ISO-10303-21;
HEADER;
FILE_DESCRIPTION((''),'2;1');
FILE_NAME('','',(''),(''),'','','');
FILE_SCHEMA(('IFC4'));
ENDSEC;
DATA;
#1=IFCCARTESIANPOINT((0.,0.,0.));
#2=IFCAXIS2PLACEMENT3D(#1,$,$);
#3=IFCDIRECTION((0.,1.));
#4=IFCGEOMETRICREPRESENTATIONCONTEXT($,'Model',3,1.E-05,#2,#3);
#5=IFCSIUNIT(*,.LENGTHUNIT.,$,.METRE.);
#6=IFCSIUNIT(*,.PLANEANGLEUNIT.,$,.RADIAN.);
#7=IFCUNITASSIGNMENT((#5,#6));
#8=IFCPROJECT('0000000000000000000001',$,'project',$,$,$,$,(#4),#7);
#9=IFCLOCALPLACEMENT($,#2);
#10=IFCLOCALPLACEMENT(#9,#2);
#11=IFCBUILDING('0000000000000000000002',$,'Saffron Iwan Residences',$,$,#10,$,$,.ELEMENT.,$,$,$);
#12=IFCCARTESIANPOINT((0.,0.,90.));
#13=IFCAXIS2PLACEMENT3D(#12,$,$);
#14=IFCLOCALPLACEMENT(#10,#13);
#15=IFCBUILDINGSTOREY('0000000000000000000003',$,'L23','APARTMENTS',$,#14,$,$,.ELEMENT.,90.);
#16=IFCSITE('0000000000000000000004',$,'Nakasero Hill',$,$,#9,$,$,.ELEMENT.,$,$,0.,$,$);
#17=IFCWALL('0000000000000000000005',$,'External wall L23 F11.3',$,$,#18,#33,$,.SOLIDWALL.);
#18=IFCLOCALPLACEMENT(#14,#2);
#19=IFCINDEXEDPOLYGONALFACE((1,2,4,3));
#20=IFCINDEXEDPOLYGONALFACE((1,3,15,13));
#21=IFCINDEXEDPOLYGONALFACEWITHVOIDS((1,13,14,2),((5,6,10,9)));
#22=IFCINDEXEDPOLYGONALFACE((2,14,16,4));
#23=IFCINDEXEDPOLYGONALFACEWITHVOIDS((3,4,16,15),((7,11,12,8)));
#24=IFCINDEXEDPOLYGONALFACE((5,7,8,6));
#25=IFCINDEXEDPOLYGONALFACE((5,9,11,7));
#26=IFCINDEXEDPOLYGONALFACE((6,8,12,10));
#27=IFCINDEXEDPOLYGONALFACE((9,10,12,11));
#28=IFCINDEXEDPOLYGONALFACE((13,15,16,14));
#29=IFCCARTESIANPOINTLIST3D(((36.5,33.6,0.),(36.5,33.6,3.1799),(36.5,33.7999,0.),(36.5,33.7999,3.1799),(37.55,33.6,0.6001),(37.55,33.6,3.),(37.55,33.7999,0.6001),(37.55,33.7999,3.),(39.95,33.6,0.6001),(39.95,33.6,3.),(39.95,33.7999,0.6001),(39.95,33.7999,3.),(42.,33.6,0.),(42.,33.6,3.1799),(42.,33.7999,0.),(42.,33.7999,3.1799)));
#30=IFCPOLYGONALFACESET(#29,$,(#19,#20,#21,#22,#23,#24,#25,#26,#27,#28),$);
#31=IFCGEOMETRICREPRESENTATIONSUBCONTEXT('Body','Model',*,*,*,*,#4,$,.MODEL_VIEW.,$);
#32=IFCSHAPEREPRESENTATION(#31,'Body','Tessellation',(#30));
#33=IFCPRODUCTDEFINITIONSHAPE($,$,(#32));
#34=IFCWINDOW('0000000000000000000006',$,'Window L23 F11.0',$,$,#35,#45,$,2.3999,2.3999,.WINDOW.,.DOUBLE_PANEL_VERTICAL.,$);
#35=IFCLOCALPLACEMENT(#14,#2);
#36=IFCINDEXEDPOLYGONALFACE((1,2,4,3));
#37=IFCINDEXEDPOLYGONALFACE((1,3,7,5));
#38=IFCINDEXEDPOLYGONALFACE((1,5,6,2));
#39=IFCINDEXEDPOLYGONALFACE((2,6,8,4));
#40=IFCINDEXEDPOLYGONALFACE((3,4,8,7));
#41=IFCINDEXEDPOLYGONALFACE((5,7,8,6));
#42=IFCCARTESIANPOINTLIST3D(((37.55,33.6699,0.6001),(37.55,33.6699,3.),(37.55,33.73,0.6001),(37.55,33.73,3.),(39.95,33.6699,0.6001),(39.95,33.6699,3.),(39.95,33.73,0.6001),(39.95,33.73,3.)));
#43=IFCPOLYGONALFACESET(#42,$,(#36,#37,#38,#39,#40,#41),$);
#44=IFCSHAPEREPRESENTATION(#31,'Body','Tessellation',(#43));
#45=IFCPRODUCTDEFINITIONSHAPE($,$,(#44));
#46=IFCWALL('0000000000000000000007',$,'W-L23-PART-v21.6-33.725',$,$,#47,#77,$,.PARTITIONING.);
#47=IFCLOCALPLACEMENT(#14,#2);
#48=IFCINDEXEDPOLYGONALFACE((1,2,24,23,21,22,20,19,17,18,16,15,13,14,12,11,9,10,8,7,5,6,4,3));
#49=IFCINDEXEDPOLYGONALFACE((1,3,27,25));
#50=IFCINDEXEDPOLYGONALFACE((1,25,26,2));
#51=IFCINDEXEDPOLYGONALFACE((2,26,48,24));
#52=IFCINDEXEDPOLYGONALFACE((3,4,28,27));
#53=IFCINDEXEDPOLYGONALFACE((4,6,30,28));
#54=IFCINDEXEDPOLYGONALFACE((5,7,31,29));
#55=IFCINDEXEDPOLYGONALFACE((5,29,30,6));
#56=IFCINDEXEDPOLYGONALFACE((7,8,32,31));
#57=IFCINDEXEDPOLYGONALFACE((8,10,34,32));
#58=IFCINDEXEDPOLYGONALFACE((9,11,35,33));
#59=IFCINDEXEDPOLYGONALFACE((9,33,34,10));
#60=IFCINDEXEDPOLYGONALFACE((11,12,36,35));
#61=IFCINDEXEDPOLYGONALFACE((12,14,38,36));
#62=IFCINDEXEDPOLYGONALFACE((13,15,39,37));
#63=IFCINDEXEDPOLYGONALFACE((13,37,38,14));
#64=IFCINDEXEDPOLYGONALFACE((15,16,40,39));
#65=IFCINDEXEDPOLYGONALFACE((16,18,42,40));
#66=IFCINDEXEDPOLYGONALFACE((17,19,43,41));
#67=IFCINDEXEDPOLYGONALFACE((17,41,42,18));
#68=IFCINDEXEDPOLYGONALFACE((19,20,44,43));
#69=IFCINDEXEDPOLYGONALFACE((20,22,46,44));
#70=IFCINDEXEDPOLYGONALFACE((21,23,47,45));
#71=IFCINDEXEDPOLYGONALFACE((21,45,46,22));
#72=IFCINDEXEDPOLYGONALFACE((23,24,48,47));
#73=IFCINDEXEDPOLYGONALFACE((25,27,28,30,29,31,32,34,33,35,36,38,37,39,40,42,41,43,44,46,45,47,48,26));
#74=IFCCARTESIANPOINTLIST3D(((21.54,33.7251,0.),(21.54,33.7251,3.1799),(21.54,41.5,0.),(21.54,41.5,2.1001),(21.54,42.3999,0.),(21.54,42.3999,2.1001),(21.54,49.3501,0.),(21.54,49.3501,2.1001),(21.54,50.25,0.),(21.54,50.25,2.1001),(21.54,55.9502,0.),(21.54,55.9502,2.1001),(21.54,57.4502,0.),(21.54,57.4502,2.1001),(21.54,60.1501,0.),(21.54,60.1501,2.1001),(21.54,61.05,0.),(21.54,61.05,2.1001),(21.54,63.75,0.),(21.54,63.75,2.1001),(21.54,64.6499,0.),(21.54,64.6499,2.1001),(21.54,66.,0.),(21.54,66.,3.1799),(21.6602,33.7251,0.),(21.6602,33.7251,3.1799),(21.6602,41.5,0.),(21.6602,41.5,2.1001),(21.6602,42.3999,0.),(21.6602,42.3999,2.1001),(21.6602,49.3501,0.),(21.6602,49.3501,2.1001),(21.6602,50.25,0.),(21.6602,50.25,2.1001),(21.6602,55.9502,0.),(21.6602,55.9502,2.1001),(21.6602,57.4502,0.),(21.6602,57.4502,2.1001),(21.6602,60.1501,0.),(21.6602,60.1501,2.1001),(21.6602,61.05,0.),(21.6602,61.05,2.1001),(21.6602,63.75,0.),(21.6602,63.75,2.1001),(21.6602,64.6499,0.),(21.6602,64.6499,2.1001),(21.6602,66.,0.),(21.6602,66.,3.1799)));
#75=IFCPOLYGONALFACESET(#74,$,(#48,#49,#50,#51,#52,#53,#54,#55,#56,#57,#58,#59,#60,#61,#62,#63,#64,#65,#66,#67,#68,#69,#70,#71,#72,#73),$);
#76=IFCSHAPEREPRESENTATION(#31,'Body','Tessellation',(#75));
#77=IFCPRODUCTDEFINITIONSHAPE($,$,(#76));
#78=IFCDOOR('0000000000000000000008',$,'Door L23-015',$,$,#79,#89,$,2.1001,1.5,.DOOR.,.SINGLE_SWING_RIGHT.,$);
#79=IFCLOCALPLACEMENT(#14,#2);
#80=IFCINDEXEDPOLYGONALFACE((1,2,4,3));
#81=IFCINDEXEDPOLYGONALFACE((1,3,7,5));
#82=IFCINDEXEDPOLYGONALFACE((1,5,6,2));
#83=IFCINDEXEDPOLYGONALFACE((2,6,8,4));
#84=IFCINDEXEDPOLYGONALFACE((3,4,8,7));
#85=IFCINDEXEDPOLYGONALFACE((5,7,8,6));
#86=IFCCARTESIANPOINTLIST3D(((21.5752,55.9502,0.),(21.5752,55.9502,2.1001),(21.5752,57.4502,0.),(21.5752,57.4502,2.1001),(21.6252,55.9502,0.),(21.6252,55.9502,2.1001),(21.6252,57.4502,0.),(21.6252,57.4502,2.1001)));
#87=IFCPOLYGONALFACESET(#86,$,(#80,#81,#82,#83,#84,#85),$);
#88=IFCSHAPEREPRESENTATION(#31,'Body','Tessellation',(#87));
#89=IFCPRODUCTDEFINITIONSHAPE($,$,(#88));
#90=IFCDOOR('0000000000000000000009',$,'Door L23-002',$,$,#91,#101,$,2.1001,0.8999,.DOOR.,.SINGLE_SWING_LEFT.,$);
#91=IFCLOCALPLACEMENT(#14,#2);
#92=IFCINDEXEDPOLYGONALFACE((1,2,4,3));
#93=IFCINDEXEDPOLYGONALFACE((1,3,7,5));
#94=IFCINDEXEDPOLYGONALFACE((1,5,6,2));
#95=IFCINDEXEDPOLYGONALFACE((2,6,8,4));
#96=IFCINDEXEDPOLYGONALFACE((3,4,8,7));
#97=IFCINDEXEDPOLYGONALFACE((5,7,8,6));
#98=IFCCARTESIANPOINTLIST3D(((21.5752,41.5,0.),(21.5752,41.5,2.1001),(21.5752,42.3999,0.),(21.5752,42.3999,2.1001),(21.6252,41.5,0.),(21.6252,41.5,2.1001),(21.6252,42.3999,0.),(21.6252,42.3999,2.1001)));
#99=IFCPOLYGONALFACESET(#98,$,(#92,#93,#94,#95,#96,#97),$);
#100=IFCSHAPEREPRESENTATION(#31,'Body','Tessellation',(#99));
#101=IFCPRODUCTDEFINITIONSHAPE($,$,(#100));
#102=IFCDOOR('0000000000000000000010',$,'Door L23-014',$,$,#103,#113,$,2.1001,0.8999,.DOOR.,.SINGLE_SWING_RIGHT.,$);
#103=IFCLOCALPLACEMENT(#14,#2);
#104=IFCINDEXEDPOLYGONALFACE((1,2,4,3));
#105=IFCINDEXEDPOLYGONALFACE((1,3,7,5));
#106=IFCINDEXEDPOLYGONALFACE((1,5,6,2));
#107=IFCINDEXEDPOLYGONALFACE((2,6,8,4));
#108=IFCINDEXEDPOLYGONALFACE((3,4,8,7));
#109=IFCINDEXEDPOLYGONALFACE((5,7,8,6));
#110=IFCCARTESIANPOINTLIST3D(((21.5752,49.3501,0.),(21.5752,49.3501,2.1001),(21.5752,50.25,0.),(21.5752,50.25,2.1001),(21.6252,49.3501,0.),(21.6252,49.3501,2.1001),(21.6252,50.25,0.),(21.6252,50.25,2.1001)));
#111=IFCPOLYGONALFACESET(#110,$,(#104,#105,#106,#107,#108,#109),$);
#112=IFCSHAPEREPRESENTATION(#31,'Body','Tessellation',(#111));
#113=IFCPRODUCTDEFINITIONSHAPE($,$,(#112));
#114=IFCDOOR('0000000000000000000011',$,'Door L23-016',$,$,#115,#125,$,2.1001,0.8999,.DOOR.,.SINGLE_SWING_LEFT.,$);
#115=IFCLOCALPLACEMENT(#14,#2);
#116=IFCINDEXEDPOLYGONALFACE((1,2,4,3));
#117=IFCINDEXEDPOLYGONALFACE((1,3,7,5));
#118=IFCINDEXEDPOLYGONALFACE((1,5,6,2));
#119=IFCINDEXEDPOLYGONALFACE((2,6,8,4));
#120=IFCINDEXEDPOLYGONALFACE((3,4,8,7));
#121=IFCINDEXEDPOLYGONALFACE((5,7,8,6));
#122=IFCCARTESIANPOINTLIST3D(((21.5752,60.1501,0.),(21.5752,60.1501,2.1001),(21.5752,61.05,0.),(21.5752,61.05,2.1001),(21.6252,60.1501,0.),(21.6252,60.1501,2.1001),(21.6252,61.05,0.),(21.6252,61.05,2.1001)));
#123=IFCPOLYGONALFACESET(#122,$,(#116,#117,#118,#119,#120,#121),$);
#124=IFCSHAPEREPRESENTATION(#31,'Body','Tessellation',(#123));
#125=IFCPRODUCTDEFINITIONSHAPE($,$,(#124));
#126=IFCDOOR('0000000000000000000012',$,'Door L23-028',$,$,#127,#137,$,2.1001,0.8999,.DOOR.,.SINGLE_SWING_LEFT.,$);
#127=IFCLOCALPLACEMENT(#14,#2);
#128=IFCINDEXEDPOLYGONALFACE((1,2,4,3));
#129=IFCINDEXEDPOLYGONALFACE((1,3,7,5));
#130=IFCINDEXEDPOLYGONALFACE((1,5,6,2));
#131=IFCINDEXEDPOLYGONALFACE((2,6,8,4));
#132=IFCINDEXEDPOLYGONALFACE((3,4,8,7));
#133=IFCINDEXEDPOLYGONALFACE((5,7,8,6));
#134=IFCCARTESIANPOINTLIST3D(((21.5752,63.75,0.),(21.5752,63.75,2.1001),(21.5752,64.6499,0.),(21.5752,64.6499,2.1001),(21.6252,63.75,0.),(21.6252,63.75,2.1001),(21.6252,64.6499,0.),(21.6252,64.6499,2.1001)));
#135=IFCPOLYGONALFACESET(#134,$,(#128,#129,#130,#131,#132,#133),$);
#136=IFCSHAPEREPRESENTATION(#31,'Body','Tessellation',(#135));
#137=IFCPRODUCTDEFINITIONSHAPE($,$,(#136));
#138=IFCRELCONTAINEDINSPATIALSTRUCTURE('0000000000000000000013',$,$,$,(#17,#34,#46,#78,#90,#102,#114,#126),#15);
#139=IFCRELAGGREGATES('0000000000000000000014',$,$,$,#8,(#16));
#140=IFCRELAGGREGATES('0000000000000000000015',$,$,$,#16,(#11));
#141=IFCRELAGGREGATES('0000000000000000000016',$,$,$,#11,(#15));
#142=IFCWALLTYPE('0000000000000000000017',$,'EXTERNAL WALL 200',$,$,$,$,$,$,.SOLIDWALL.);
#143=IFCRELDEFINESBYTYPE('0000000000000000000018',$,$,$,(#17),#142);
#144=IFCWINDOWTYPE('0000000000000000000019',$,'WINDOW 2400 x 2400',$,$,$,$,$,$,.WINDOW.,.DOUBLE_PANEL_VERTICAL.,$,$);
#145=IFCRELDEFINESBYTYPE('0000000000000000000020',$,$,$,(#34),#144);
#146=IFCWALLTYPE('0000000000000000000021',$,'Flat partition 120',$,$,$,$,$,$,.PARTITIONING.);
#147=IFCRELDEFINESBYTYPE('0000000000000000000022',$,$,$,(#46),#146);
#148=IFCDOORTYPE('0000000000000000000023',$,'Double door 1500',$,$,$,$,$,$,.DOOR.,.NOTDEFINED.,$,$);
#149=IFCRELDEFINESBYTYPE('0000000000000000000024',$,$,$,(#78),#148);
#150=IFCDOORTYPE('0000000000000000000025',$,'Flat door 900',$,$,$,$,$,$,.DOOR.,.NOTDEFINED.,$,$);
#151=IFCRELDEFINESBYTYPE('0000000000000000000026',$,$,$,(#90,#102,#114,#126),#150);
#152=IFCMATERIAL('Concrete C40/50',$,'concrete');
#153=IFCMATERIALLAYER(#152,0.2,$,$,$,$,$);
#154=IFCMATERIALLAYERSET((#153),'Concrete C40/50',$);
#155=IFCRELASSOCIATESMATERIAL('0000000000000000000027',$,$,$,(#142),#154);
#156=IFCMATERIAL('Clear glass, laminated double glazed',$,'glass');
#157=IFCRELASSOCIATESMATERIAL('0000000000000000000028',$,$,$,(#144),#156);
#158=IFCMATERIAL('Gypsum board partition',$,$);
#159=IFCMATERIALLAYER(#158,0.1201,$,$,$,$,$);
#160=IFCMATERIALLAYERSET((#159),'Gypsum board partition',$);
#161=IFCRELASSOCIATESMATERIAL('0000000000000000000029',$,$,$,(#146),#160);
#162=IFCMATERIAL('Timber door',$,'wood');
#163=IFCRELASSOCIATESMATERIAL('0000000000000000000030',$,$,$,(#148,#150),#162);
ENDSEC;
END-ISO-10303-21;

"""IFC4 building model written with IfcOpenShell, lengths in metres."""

from ifc_helpers import new_model, si_unit, direction, frame, frame_2d, origin, place, context, subcontext, project, spatial, rectangle, extrude, material, layer, layer_set, type_object, element, fill, save


model = new_model("IFC4")

# Units and contexts
model_context = context("Model", 3, precision=1e-05, world=origin(), true_north=direction((0.0, 1.0)))
body_context = subcontext(model_context, "Body", "Model", "MODEL_VIEW")
ifc_project = project(units=[si_unit("LENGTHUNIT", "METRE"), si_unit("PLANEANGLEUNIT", "RADIAN")], contexts=[model_context])

# Site, building, storey
site_placement = place(None, origin())
site = spatial("IfcSite", under=ifc_project, at=site_placement, Name="Nakasero Hill", CompositionType="ELEMENT", RefElevation=0.0)
building_placement = place(site_placement, origin())
building = spatial("IfcBuilding", under=site, at=building_placement, Name="Saffron Iwan Residences", CompositionType="ELEMENT")
storey_placement = place(building_placement, frame((0.0, 0.0, 90.0)))
storey = spatial("IfcBuildingStorey", under=building, at=storey_placement, Name="L23", Description="APARTMENTS", CompositionType="ELEMENT", Elevation=90.0)

# Shared definitions
ifc_material_1 = material(Name="Clear glass, laminated double glazed", Category="glass")

# Shared definitions
ifc_material_2 = material(Name="Concrete C40/50", Category="concrete")
ifc_layer_1 = layer(ifc_material_2, 0.2)
ifc_layer_set_1 = layer_set([ifc_layer_1], Name="Concrete C40/50")
wall_type_1 = type_object("IfcWallType", Name="EXTERNAL WALL 200", PredefinedType="SOLIDWALL", material=ifc_layer_set_1)

# Wall, opening, window
wall_1_placement = place(storey_placement, frame((36.5, 33.7, 0.0), z_axis=(0.0, 0.0, 1.0), x_axis=(1.0, 0.0, 0.0)))
wall_1 = element("IfcWall", 1, at=wall_1_placement, inside=storey, type_object=wall_type_1, Name="External wall L23 F11.3", PredefinedType="SOLIDWALL", context=body_context, shape_type="SweptSolid", body=[
    extrude(rectangle(XDim=5.5, YDim=0.2, at=frame_2d((2.75, 0.0))), origin(), (0.0, 0.0, 1.0), 3.1799),
])
opening_1_placement = place(wall_1_placement, frame((1.05, 0.0, 0.6001)))
opening_1 = element("IfcOpeningElement", 2, at=opening_1_placement, cuts=wall_1, PredefinedType="OPENING", context=body_context, shape_type="SweptSolid", body=[
    extrude(rectangle(XDim=2.3999, YDim=2.3999, at=frame_2d((1.2, 1.2))), frame((0.0, 0.1099, 0.0), z_axis=(0.0, -1.0, 0.0), x_axis=(1.0, 0.0, 0.0)), (0.0, 0.0, 1.0), 0.22),
])
window_type_1 = type_object("IfcWindowType", Name="WINDOW 2400 x 2400", PartitioningType="DOUBLE_PANEL_VERTICAL", PredefinedType="WINDOW", material=ifc_material_1)
window_1_placement = place(opening_1_placement, origin())
window_1 = element("IfcWindow", 3, at=window_1_placement, inside=storey, type_object=window_type_1, Name="Window L23 F11.0", OverallHeight=2.3999, OverallWidth=2.3999, PartitioningType="DOUBLE_PANEL_VERTICAL", PredefinedType="WINDOW", context=body_context, shape_type="SweptSolid", body=[
    extrude(rectangle(XDim=2.3999, YDim=2.3999, at=frame_2d((1.2, 1.2))), frame((0.0, 0.03, 0.0), z_axis=(0.0, -1.0, 0.0), x_axis=(1.0, 0.0, 0.0)), (0.0, 0.0, 1.0), 0.0601),
])
fill(opening_1, window_1)

# Wall, openings, doors
ifc_material_3 = material(Name="Gypsum board partition")
ifc_layer_2 = layer(ifc_material_3, 0.1201)
ifc_layer_set_2 = layer_set([ifc_layer_2], Name="Gypsum board partition")
wall_type_2 = type_object("IfcWallType", Name="Flat partition 120", PredefinedType="PARTITIONING", material=ifc_layer_set_2)
wall_2_placement = place(storey_placement, frame((21.6001, 33.7251, 0.0), z_axis=(0.0, 0.0, 1.0), x_axis=(0.0, 1.0, 0.0)))
wall_2 = element("IfcWall", 4, at=wall_2_placement, inside=storey, type_object=wall_type_2, Name="W-L23-PART-v21.6-33.725", PredefinedType="PARTITIONING", context=body_context, shape_type="SweptSolid", body=[
    extrude(rectangle(XDim=32.2749, YDim=0.1201, at=frame_2d((16.1375, 0.0))), origin(), (0.0, 0.0, 1.0), 3.1799),
])
opening_2_placement = place(wall_2_placement, frame((7.7749, 0.0, 0.0)))
opening_2 = element("IfcOpeningElement", 5, at=opening_2_placement, cuts=wall_2, PredefinedType="OPENING", context=body_context, shape_type="SweptSolid", body=[
    extrude(rectangle(XDim=0.8999, YDim=2.1001, at=frame_2d((0.45, 1.05))), frame((0.0, 0.0701, 0.0), z_axis=(0.0, -1.0, 0.0), x_axis=(1.0, 0.0, 0.0)), (0.0, 0.0, 1.0), 0.1401),
])
opening_3_placement = place(wall_2_placement, frame((15.625, 0.0, 0.0)))
opening_3 = element("IfcOpeningElement", 6, at=opening_3_placement, cuts=wall_2, PredefinedType="OPENING", context=body_context, shape_type="SweptSolid", body=[
    extrude(rectangle(XDim=0.8999, YDim=2.1001, at=frame_2d((0.45, 1.05))), frame((0.0, 0.0701, 0.0), z_axis=(0.0, -1.0, 0.0), x_axis=(1.0, 0.0, 0.0)), (0.0, 0.0, 1.0), 0.1401),
])
opening_4_placement = place(wall_2_placement, frame((22.2251, 0.0, 0.0)))
opening_4 = element("IfcOpeningElement", 7, at=opening_4_placement, cuts=wall_2, PredefinedType="OPENING", context=body_context, shape_type="SweptSolid", body=[
    extrude(rectangle(XDim=1.5, YDim=2.1001, at=frame_2d((0.75, 1.05))), frame((0.0, 0.0701, 0.0), z_axis=(0.0, -1.0, 0.0), x_axis=(1.0, 0.0, 0.0)), (0.0, 0.0, 1.0), 0.1401),
])
opening_5_placement = place(wall_2_placement, frame((26.425, 0.0, 0.0)))
opening_5 = element("IfcOpeningElement", 8, at=opening_5_placement, cuts=wall_2, PredefinedType="OPENING", context=body_context, shape_type="SweptSolid", body=[
    extrude(rectangle(XDim=0.8999, YDim=2.1001, at=frame_2d((0.45, 1.05))), frame((0.0, 0.0701, 0.0), z_axis=(0.0, -1.0, 0.0), x_axis=(1.0, 0.0, 0.0)), (0.0, 0.0, 1.0), 0.1401),
])
opening_6_placement = place(wall_2_placement, frame((30.0249, 0.0, 0.0)))
opening_6 = element("IfcOpeningElement", 9, at=opening_6_placement, cuts=wall_2, PredefinedType="OPENING", context=body_context, shape_type="SweptSolid", body=[
    extrude(rectangle(XDim=0.8999, YDim=2.1001, at=frame_2d((0.45, 1.05))), frame((0.0, 0.0701, 0.0), z_axis=(0.0, -1.0, 0.0), x_axis=(1.0, 0.0, 0.0)), (0.0, 0.0, 1.0), 0.1401),
])
ifc_material_4 = material(Name="Timber door", Category="wood")
door_type_1 = type_object("IfcDoorType", Name="Double door 1500", OperationType="NOTDEFINED", PredefinedType="DOOR", material=ifc_material_4)
door_1_placement = place(opening_4_placement, origin())
door_1 = element("IfcDoor", 10, at=door_1_placement, inside=storey, type_object=door_type_1, Name="Door L23-015", OperationType="SINGLE_SWING_RIGHT", OverallHeight=2.1001, OverallWidth=1.5, PredefinedType="DOOR", context=body_context, shape_type="SweptSolid", body=[
    extrude(rectangle(XDim=1.5, YDim=2.1001, at=frame_2d((0.75, 1.05))), frame((0.0, 0.0249, 0.0), z_axis=(0.0, -1.0, 0.0), x_axis=(1.0, 0.0, 0.0)), (0.0, 0.0, 1.0), 0.05),
])
fill(opening_4, door_1)
door_type_2 = type_object("IfcDoorType", Name="Flat door 900", OperationType="NOTDEFINED", PredefinedType="DOOR", material=ifc_material_4)
door_2_placement = place(opening_2_placement, origin())
door_2 = element("IfcDoor", 11, at=door_2_placement, inside=storey, type_object=door_type_2, Name="Door L23-002", OperationType="SINGLE_SWING_LEFT", OverallHeight=2.1001, OverallWidth=0.8999, PredefinedType="DOOR", context=body_context, shape_type="SweptSolid", body=[
    extrude(rectangle(XDim=0.8999, YDim=2.1001, at=frame_2d((0.45, 1.05))), frame((0.0, 0.0249, 0.0), z_axis=(0.0, -1.0, 0.0), x_axis=(1.0, 0.0, 0.0)), (0.0, 0.0, 1.0), 0.05),
])
fill(opening_2, door_2)
door_3_placement = place(opening_3_placement, origin())
door_3 = element("IfcDoor", 12, at=door_3_placement, inside=storey, type_object=door_type_2, Name="Door L23-014", OperationType="SINGLE_SWING_RIGHT", OverallHeight=2.1001, OverallWidth=0.8999, PredefinedType="DOOR", context=body_context, shape_type="SweptSolid", body=[
    extrude(rectangle(XDim=0.8999, YDim=2.1001, at=frame_2d((0.45, 1.05))), frame((0.0, 0.0249, 0.0), z_axis=(0.0, -1.0, 0.0), x_axis=(1.0, 0.0, 0.0)), (0.0, 0.0, 1.0), 0.05),
])
fill(opening_3, door_3)
door_4_placement = place(opening_5_placement, origin())
door_4 = element("IfcDoor", 13, at=door_4_placement, inside=storey, type_object=door_type_2, Name="Door L23-016", OperationType="SINGLE_SWING_LEFT", OverallHeight=2.1001, OverallWidth=0.8999, PredefinedType="DOOR", context=body_context, shape_type="SweptSolid", body=[
    extrude(rectangle(XDim=0.8999, YDim=2.1001, at=frame_2d((0.45, 1.05))), frame((0.0, 0.0249, 0.0), z_axis=(0.0, -1.0, 0.0), x_axis=(1.0, 0.0, 0.0)), (0.0, 0.0, 1.0), 0.05),
])
fill(opening_5, door_4)
door_5_placement = place(opening_6_placement, origin())
door_5 = element("IfcDoor", 14, at=door_5_placement, inside=storey, type_object=door_type_2, Name="Door L23-028", OperationType="SINGLE_SWING_LEFT", OverallHeight=2.1001, OverallWidth=0.8999, PredefinedType="DOOR", context=body_context, shape_type="SweptSolid", body=[
    extrude(rectangle(XDim=0.8999, YDim=2.1001, at=frame_2d((0.45, 1.05))), frame((0.0, 0.0249, 0.0), z_axis=(0.0, -1.0, 0.0), x_axis=(1.0, 0.0, 0.0)), (0.0, 0.0, 1.0), 0.05),
])
fill(opening_6, door_5)

save(model, "model.ifc")
